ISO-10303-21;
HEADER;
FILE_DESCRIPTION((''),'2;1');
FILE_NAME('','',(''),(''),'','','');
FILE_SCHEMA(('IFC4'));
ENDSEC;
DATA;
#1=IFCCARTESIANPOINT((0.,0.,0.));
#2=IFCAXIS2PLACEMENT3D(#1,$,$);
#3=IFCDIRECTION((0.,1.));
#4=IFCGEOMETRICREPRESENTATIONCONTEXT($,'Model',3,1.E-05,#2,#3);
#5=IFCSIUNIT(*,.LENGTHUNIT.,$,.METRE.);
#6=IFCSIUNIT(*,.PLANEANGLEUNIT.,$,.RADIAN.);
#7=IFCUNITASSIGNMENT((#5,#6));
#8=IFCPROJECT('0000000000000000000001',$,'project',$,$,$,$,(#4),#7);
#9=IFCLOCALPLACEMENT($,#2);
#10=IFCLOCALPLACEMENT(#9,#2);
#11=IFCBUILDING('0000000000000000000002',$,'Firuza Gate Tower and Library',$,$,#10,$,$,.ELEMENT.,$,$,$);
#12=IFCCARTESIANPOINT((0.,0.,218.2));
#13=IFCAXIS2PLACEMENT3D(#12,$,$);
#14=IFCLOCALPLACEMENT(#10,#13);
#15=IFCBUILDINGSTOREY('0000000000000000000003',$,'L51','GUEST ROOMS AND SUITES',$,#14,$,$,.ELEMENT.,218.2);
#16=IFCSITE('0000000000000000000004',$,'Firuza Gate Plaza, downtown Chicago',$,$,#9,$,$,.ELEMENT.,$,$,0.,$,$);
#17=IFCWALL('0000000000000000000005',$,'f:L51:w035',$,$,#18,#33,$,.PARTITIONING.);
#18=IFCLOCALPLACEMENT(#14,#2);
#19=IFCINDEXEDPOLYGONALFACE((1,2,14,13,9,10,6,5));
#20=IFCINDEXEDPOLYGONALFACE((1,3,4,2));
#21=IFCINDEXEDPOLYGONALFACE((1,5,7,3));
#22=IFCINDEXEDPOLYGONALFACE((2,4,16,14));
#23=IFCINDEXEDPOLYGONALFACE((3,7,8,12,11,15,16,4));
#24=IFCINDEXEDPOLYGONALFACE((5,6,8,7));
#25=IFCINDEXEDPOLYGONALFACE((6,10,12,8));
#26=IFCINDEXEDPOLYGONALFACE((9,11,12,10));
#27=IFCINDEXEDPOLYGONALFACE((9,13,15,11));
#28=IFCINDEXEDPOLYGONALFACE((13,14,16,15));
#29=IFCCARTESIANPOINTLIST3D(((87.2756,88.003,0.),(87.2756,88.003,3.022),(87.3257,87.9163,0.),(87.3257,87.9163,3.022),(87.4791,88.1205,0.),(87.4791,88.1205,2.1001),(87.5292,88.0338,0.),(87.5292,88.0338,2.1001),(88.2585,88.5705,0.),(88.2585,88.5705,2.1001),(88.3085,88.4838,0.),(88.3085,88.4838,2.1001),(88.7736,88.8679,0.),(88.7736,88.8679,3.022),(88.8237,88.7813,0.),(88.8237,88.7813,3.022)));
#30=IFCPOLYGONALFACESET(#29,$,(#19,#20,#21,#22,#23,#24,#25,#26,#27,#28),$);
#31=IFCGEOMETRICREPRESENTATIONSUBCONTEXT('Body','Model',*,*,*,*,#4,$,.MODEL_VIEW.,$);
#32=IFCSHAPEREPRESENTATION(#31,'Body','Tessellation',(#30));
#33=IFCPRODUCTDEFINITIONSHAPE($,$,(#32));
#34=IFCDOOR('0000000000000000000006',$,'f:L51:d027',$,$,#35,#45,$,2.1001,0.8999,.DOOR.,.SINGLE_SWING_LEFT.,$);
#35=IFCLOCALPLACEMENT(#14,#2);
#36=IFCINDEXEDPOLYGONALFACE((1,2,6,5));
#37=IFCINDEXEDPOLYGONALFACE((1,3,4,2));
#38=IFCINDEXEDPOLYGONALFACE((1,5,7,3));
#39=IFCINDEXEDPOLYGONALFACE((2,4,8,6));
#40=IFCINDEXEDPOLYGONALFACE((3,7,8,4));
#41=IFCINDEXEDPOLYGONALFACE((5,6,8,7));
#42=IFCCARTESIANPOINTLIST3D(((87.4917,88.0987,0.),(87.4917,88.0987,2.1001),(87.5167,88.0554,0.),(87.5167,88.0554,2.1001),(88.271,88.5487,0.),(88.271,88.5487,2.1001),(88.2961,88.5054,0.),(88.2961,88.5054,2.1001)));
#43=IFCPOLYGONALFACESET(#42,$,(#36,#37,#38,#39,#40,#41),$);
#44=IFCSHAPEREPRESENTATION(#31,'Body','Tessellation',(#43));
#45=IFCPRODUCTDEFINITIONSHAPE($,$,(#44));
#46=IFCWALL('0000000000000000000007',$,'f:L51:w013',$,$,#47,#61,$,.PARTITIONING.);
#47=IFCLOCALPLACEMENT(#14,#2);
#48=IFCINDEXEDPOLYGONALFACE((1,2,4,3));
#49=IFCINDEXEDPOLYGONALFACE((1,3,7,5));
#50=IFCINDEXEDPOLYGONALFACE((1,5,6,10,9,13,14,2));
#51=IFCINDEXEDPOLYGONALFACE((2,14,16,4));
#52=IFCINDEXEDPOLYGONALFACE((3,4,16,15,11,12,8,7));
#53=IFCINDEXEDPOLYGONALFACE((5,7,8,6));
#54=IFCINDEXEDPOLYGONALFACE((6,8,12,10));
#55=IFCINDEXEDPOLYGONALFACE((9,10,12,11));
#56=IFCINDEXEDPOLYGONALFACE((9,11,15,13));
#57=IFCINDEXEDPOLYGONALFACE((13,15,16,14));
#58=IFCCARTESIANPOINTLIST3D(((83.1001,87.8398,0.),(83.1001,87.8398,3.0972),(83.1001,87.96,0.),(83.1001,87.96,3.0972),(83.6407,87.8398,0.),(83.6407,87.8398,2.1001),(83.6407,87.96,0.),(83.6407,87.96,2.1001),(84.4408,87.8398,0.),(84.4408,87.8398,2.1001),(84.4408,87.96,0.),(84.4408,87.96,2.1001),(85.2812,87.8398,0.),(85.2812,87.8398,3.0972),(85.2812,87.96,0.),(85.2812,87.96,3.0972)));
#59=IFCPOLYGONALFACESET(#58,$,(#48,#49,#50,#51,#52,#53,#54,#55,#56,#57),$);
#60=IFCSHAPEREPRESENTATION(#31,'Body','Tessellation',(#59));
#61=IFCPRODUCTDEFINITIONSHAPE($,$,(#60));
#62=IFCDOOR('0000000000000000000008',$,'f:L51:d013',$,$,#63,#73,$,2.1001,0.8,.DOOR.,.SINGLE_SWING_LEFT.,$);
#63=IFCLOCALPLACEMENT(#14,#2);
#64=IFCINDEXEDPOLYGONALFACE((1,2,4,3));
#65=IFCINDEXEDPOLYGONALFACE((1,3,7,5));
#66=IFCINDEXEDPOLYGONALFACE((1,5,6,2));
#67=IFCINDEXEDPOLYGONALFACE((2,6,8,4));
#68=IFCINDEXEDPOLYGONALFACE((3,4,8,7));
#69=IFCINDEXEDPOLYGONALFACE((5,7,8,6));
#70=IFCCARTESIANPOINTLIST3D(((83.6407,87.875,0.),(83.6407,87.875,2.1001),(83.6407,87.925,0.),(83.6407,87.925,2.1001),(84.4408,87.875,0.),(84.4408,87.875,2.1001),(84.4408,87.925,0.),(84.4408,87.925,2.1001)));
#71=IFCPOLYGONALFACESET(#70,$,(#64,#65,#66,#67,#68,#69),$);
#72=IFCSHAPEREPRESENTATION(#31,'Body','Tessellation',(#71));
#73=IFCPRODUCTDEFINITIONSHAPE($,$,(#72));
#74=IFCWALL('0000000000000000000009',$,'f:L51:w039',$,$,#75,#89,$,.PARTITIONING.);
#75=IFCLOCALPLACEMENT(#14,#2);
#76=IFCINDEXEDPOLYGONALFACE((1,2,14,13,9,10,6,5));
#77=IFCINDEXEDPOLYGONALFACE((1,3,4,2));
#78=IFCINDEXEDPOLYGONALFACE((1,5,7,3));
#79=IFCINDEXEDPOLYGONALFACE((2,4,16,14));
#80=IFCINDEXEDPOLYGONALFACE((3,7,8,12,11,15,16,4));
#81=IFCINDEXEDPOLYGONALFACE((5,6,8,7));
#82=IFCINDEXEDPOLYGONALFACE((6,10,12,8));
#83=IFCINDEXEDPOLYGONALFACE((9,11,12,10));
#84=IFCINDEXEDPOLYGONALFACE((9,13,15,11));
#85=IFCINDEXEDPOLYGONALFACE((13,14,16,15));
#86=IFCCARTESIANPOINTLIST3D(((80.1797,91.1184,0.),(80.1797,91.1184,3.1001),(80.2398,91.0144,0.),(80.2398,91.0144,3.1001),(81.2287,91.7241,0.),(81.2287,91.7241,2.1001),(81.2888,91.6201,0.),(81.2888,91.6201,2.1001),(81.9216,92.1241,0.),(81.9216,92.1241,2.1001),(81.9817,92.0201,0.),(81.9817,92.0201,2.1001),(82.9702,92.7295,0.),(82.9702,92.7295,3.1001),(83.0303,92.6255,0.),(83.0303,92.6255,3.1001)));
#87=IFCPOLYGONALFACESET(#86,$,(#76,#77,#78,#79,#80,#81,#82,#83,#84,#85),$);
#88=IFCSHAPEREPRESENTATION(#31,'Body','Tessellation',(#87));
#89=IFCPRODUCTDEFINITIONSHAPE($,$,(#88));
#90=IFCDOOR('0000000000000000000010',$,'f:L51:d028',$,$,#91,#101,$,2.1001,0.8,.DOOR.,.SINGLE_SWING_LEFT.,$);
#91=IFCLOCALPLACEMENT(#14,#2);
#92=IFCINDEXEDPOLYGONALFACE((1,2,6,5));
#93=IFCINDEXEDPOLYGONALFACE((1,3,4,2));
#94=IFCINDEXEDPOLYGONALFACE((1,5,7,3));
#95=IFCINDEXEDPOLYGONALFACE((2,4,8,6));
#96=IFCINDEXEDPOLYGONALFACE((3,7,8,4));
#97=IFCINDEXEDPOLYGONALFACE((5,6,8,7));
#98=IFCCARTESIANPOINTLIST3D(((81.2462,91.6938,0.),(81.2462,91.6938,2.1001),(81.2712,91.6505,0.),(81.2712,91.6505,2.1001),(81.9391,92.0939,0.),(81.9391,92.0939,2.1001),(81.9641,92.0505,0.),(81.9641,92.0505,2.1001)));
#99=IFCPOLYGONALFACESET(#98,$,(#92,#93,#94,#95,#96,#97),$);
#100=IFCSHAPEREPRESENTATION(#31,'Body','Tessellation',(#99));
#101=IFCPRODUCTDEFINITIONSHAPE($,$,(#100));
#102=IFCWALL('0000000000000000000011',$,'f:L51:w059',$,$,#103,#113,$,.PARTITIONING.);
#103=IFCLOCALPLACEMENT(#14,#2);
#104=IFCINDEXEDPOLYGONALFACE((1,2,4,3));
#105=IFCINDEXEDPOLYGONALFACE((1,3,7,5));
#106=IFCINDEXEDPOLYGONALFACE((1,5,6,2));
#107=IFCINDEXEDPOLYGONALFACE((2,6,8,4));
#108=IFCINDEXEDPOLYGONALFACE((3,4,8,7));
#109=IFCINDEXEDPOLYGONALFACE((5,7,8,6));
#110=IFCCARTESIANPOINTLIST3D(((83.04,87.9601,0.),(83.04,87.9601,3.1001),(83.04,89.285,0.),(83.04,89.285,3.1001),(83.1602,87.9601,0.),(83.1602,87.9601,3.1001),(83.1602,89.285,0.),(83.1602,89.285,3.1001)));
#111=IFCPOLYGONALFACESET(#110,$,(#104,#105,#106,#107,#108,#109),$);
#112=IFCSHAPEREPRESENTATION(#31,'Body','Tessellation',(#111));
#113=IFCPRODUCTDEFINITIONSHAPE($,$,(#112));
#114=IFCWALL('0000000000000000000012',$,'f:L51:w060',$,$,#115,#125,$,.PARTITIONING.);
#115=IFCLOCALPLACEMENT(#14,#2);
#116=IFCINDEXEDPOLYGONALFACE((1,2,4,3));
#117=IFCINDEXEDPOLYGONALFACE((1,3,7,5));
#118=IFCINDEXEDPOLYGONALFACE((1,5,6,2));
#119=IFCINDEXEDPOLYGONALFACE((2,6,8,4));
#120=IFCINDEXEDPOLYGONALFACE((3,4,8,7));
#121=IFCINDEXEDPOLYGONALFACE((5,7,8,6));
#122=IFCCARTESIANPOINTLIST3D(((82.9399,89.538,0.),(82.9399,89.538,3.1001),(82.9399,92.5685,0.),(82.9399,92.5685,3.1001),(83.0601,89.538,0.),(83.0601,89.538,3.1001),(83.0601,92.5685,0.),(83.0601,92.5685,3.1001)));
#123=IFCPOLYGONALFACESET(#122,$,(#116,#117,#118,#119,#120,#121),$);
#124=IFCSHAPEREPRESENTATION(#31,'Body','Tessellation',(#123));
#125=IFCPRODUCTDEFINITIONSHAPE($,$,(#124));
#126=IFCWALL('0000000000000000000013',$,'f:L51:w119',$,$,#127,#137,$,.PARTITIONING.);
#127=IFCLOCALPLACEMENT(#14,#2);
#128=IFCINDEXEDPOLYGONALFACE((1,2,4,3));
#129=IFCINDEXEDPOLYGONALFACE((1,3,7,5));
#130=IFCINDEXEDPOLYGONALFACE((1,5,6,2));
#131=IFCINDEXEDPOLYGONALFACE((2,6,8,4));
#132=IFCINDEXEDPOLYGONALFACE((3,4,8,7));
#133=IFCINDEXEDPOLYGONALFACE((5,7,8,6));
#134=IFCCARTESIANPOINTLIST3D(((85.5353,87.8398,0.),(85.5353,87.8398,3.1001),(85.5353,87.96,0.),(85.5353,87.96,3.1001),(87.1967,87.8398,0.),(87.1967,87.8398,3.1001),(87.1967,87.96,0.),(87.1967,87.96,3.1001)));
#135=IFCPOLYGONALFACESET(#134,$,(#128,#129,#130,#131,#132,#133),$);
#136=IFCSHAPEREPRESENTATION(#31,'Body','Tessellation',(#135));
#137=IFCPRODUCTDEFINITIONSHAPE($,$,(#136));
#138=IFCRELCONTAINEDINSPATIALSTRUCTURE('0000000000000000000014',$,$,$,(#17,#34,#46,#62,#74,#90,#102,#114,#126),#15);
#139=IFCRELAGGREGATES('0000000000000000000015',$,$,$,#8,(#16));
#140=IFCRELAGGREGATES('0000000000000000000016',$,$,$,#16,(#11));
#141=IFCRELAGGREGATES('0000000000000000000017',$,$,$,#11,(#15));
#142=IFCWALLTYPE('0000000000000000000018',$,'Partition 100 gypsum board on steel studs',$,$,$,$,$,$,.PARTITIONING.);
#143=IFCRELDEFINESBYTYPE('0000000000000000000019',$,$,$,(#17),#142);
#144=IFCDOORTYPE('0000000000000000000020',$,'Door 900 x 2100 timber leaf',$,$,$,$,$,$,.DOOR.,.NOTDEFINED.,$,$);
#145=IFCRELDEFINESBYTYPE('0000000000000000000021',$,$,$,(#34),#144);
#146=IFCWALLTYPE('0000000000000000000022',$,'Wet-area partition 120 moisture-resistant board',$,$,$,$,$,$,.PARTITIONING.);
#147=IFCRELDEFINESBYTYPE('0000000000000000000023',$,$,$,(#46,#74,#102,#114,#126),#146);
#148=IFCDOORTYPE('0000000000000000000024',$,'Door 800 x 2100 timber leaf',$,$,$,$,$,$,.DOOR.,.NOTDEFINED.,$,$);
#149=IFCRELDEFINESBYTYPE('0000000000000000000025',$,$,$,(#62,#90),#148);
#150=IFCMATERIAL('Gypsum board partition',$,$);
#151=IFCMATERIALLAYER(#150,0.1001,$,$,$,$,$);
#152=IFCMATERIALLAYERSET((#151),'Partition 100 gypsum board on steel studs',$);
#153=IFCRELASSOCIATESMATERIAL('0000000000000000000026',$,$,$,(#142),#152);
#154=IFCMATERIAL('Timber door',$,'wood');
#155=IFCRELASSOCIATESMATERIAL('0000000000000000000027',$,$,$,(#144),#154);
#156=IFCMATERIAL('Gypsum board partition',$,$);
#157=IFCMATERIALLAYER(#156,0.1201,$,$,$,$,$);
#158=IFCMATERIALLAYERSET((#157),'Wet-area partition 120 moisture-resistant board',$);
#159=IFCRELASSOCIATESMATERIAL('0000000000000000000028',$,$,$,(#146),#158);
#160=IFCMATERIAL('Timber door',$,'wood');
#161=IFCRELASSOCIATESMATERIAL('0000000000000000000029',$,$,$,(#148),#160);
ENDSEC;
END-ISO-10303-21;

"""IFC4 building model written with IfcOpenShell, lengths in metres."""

from ifc_helpers import new_model, si_unit, direction, frame, frame_2d, origin, place, context, subcontext, project, spatial, rectangle, extrude, material, layer, layer_set, type_object, element, fill, save


model = new_model("IFC4")

# Units and contexts
model_context = context("Model", 3, precision=1e-05, world=origin(), true_north=direction((0.0, 1.0)))
body_context = subcontext(model_context, "Body", "Model", "MODEL_VIEW")
ifc_project = project(units=[si_unit("LENGTHUNIT", "METRE"), si_unit("PLANEANGLEUNIT", "RADIAN")], contexts=[model_context])

# Site, building, storey
site_placement = place(None, origin())
site = spatial("IfcSite", under=ifc_project, at=site_placement, Name="Firuza Gate Plaza, downtown Chicago", CompositionType="ELEMENT", RefElevation=0.0)
building_placement = place(site_placement, origin())
building = spatial("IfcBuilding", under=site, at=building_placement, Name="Firuza Gate Tower and Library", CompositionType="ELEMENT")
storey_placement = place(building_placement, frame((0.0, 0.0, 218.2)))
storey = spatial("IfcBuildingStorey", under=building, at=storey_placement, Name="L51", Description="GUEST ROOMS AND SUITES", CompositionType="ELEMENT", Elevation=218.2)

# Walls, openings, doors
ifc_material_1 = material(Name="Gypsum board partition")
ifc_layer_1 = layer(ifc_material_1, 0.1001)
ifc_layer_set_1 = layer_set([ifc_layer_1], Name="Partition 100 gypsum board on steel studs")
wall_type_1 = type_object("IfcWallType", Name="Partition 100 gypsum board on steel studs", PredefinedType="PARTITIONING", material=ifc_layer_set_1)
wall_1_placement = place(storey_placement, frame((87.3008, 87.9597, 0.0), z_axis=(0.0, 0.0, 1.0), x_axis=(0.866002, 0.50004, 0.0)))
wall_1 = element("IfcWall", 1, at=wall_1_placement, inside=storey, type_object=wall_type_1, Name="f:L51:w035", PredefinedType="PARTITIONING", context=body_context, shape_type="SweptSolid", body=[
    extrude(rectangle(XDim=1.7297, YDim=0.1001, at=frame_2d((0.8647, 0.0))), origin(), (0.0, 0.0, 1.0), 3.022),
])
opening_1_placement = place(wall_1_placement, frame((0.2349, 0.0, 0.0)))
opening_1 = element("IfcOpeningElement", 2, at=opening_1_placement, cuts=wall_1, PredefinedType="OPENING", context=body_context, shape_type="SweptSolid", body=[
    extrude(rectangle(XDim=0.8999, YDim=2.1001, at=frame_2d((0.45, 1.05))), frame((0.0, 0.0601, 0.0), z_axis=(0.0, -1.0, 0.0), x_axis=(1.0, 0.0, 0.0)), (0.0, 0.0, 1.0), 0.1201),
])
ifc_material_2 = material(Name="Timber door", Category="wood")
door_type_1 = type_object("IfcDoorType", Name="Door 900 x 2100 timber leaf", OperationType="NOTDEFINED", PredefinedType="DOOR", material=ifc_material_2)
door_1_placement = place(opening_1_placement, origin())
door_1 = element("IfcDoor", 3, at=door_1_placement, inside=storey, type_object=door_type_1, Name="f:L51:d027", OperationType="SINGLE_SWING_LEFT", OverallHeight=2.1001, OverallWidth=0.8999, PredefinedType="DOOR", context=body_context, shape_type="SweptSolid", body=[
    extrude(rectangle(XDim=0.8999, YDim=2.1001, at=frame_2d((0.45, 1.05))), frame((0.0, 0.0249, 0.0), z_axis=(0.0, -1.0, 0.0), x_axis=(1.0, 0.0, 0.0)), (0.0, 0.0, 1.0), 0.05),
])
fill(opening_1, door_1)
ifc_material_3 = material(Name="Gypsum board partition")
ifc_layer_2 = layer(ifc_material_3, 0.1201)
ifc_layer_set_2 = layer_set([ifc_layer_2], Name="Wet-area partition 120 moisture-resistant board")
wall_type_2 = type_object("IfcWallType", Name="Wet-area partition 120 moisture-resistant board", PredefinedType="PARTITIONING", material=ifc_layer_set_2)
wall_2_placement = place(storey_placement, frame((85.2812, 87.8999, 0.0), z_axis=(0.0, 0.0, 1.0), x_axis=(-1.0, 0.0, 0.0)))
wall_2 = element("IfcWall", 4, at=wall_2_placement, inside=storey, type_object=wall_type_2, Name="f:L51:w013", PredefinedType="PARTITIONING", context=body_context, shape_type="SweptSolid", body=[
    extrude(rectangle(XDim=2.1812, YDim=0.1201, at=frame_2d((1.0906, 0.0))), origin(), (0.0, 0.0, 1.0), 3.0972),
])
opening_2_placement = place(wall_2_placement, frame((0.8406, 0.0, 0.0)))
opening_2 = element("IfcOpeningElement", 5, at=opening_2_placement, cuts=wall_2, PredefinedType="OPENING", context=body_context, shape_type="SweptSolid", body=[
    extrude(rectangle(XDim=0.8, YDim=2.1001, at=frame_2d((0.3999, 1.05))), frame((0.0, 0.0701, 0.0), z_axis=(0.0, -1.0, 0.0), x_axis=(1.0, 0.0, 0.0)), (0.0, 0.0, 1.0), 0.1401),
])
ifc_material_4 = material(Name="Timber door", Category="wood")
door_type_2 = type_object("IfcDoorType", Name="Door 800 x 2100 timber leaf", OperationType="NOTDEFINED", PredefinedType="DOOR", material=ifc_material_4)
door_2_placement = place(opening_2_placement, origin())
door_2 = element("IfcDoor", 6, at=door_2_placement, inside=storey, type_object=door_type_2, Name="f:L51:d013", OperationType="SINGLE_SWING_LEFT", OverallHeight=2.1001, OverallWidth=0.8, PredefinedType="DOOR", context=body_context, shape_type="SweptSolid", body=[
    extrude(rectangle(XDim=0.8, YDim=2.1001, at=frame_2d((0.3999, 1.05))), frame((0.0, 0.0249, 0.0), z_axis=(0.0, -1.0, 0.0), x_axis=(1.0, 0.0, 0.0)), (0.0, 0.0, 1.0), 0.05),
])
fill(opening_2, door_2)
wall_3_placement = place(storey_placement, frame((83.0002, 92.6775, 0.0), z_axis=(0.0, 0.0, 1.0), x_axis=(-0.866029, -0.499994, 0.0)))
wall_3 = element("IfcWall", 7, at=wall_3_placement, inside=storey, type_object=wall_type_2, Name="f:L51:w039", PredefinedType="PARTITIONING", context=body_context, shape_type="SweptSolid", body=[
    extrude(rectangle(XDim=3.2222, YDim=0.1201, at=frame_2d((1.6111, 0.0))), origin(), (0.0, 0.0, 1.0), 3.1001),
])
opening_3_placement = place(wall_3_placement, frame((1.2109, 0.0, 0.0)))
opening_3 = element("IfcOpeningElement", 8, at=opening_3_placement, cuts=wall_3, PredefinedType="OPENING", context=body_context, shape_type="SweptSolid", body=[
    extrude(rectangle(XDim=0.8, YDim=2.1001, at=frame_2d((0.3999, 1.05))), frame((0.0, 0.0701, 0.0), z_axis=(0.0, -1.0, 0.0), x_axis=(1.0, 0.0, 0.0)), (0.0, 0.0, 1.0), 0.1401),
])
door_3_placement = place(opening_3_placement, origin())
door_3 = element("IfcDoor", 9, at=door_3_placement, inside=storey, type_object=door_type_2, Name="f:L51:d028", OperationType="SINGLE_SWING_LEFT", OverallHeight=2.1001, OverallWidth=0.8, PredefinedType="DOOR", context=body_context, shape_type="SweptSolid", body=[
    extrude(rectangle(XDim=0.8, YDim=2.1001, at=frame_2d((0.3999, 1.05))), frame((0.0, 0.0249, 0.0), z_axis=(0.0, -1.0, 0.0), x_axis=(1.0, 0.0, 0.0)), (0.0, 0.0, 1.0), 0.05),
])
fill(opening_3, door_3)

# Walls
wall_4_placement = place(storey_placement, frame((83.1001, 87.96, 0.0), z_axis=(0.0, 0.0, 1.0), x_axis=(0.0, 1.0, 0.0)))
element("IfcWall", 10, at=wall_4_placement, inside=storey, type_object=wall_type_2, Name="f:L51:w059", PredefinedType="PARTITIONING", context=body_context, shape_type="SweptSolid", body=[
    extrude(rectangle(XDim=1.325, YDim=0.1201, at=frame_2d((0.6626, 0.0))), origin(), (0.0, 0.0, 1.0), 3.1001),
])
wall_5_placement = place(storey_placement, frame((83.0, 89.5381, 0.0), z_axis=(0.0, 0.0, 1.0), x_axis=(0.0, 1.0, 0.0)))
element("IfcWall", 11, at=wall_5_placement, inside=storey, type_object=wall_type_2, Name="f:L51:w060", PredefinedType="PARTITIONING", context=body_context, shape_type="SweptSolid", body=[
    extrude(rectangle(XDim=3.0305, YDim=0.1201, at=frame_2d((1.5151, 0.0))), origin(), (0.0, 0.0, 1.0), 3.1001),
])
wall_6_placement = place(storey_placement, frame((85.5354, 87.8999, 0.0), z_axis=(0.0, 0.0, 1.0), x_axis=(1.0, 0.0, 0.0)))
element("IfcWall", 12, at=wall_6_placement, inside=storey, type_object=wall_type_2, Name="f:L51:w119", PredefinedType="PARTITIONING", context=body_context, shape_type="SweptSolid", body=[
    extrude(rectangle(XDim=1.6614, YDim=0.1201, at=frame_2d((0.8306, 0.0))), origin(), (0.0, 0.0, 1.0), 3.1001),
])

save(model, "model.ifc")
